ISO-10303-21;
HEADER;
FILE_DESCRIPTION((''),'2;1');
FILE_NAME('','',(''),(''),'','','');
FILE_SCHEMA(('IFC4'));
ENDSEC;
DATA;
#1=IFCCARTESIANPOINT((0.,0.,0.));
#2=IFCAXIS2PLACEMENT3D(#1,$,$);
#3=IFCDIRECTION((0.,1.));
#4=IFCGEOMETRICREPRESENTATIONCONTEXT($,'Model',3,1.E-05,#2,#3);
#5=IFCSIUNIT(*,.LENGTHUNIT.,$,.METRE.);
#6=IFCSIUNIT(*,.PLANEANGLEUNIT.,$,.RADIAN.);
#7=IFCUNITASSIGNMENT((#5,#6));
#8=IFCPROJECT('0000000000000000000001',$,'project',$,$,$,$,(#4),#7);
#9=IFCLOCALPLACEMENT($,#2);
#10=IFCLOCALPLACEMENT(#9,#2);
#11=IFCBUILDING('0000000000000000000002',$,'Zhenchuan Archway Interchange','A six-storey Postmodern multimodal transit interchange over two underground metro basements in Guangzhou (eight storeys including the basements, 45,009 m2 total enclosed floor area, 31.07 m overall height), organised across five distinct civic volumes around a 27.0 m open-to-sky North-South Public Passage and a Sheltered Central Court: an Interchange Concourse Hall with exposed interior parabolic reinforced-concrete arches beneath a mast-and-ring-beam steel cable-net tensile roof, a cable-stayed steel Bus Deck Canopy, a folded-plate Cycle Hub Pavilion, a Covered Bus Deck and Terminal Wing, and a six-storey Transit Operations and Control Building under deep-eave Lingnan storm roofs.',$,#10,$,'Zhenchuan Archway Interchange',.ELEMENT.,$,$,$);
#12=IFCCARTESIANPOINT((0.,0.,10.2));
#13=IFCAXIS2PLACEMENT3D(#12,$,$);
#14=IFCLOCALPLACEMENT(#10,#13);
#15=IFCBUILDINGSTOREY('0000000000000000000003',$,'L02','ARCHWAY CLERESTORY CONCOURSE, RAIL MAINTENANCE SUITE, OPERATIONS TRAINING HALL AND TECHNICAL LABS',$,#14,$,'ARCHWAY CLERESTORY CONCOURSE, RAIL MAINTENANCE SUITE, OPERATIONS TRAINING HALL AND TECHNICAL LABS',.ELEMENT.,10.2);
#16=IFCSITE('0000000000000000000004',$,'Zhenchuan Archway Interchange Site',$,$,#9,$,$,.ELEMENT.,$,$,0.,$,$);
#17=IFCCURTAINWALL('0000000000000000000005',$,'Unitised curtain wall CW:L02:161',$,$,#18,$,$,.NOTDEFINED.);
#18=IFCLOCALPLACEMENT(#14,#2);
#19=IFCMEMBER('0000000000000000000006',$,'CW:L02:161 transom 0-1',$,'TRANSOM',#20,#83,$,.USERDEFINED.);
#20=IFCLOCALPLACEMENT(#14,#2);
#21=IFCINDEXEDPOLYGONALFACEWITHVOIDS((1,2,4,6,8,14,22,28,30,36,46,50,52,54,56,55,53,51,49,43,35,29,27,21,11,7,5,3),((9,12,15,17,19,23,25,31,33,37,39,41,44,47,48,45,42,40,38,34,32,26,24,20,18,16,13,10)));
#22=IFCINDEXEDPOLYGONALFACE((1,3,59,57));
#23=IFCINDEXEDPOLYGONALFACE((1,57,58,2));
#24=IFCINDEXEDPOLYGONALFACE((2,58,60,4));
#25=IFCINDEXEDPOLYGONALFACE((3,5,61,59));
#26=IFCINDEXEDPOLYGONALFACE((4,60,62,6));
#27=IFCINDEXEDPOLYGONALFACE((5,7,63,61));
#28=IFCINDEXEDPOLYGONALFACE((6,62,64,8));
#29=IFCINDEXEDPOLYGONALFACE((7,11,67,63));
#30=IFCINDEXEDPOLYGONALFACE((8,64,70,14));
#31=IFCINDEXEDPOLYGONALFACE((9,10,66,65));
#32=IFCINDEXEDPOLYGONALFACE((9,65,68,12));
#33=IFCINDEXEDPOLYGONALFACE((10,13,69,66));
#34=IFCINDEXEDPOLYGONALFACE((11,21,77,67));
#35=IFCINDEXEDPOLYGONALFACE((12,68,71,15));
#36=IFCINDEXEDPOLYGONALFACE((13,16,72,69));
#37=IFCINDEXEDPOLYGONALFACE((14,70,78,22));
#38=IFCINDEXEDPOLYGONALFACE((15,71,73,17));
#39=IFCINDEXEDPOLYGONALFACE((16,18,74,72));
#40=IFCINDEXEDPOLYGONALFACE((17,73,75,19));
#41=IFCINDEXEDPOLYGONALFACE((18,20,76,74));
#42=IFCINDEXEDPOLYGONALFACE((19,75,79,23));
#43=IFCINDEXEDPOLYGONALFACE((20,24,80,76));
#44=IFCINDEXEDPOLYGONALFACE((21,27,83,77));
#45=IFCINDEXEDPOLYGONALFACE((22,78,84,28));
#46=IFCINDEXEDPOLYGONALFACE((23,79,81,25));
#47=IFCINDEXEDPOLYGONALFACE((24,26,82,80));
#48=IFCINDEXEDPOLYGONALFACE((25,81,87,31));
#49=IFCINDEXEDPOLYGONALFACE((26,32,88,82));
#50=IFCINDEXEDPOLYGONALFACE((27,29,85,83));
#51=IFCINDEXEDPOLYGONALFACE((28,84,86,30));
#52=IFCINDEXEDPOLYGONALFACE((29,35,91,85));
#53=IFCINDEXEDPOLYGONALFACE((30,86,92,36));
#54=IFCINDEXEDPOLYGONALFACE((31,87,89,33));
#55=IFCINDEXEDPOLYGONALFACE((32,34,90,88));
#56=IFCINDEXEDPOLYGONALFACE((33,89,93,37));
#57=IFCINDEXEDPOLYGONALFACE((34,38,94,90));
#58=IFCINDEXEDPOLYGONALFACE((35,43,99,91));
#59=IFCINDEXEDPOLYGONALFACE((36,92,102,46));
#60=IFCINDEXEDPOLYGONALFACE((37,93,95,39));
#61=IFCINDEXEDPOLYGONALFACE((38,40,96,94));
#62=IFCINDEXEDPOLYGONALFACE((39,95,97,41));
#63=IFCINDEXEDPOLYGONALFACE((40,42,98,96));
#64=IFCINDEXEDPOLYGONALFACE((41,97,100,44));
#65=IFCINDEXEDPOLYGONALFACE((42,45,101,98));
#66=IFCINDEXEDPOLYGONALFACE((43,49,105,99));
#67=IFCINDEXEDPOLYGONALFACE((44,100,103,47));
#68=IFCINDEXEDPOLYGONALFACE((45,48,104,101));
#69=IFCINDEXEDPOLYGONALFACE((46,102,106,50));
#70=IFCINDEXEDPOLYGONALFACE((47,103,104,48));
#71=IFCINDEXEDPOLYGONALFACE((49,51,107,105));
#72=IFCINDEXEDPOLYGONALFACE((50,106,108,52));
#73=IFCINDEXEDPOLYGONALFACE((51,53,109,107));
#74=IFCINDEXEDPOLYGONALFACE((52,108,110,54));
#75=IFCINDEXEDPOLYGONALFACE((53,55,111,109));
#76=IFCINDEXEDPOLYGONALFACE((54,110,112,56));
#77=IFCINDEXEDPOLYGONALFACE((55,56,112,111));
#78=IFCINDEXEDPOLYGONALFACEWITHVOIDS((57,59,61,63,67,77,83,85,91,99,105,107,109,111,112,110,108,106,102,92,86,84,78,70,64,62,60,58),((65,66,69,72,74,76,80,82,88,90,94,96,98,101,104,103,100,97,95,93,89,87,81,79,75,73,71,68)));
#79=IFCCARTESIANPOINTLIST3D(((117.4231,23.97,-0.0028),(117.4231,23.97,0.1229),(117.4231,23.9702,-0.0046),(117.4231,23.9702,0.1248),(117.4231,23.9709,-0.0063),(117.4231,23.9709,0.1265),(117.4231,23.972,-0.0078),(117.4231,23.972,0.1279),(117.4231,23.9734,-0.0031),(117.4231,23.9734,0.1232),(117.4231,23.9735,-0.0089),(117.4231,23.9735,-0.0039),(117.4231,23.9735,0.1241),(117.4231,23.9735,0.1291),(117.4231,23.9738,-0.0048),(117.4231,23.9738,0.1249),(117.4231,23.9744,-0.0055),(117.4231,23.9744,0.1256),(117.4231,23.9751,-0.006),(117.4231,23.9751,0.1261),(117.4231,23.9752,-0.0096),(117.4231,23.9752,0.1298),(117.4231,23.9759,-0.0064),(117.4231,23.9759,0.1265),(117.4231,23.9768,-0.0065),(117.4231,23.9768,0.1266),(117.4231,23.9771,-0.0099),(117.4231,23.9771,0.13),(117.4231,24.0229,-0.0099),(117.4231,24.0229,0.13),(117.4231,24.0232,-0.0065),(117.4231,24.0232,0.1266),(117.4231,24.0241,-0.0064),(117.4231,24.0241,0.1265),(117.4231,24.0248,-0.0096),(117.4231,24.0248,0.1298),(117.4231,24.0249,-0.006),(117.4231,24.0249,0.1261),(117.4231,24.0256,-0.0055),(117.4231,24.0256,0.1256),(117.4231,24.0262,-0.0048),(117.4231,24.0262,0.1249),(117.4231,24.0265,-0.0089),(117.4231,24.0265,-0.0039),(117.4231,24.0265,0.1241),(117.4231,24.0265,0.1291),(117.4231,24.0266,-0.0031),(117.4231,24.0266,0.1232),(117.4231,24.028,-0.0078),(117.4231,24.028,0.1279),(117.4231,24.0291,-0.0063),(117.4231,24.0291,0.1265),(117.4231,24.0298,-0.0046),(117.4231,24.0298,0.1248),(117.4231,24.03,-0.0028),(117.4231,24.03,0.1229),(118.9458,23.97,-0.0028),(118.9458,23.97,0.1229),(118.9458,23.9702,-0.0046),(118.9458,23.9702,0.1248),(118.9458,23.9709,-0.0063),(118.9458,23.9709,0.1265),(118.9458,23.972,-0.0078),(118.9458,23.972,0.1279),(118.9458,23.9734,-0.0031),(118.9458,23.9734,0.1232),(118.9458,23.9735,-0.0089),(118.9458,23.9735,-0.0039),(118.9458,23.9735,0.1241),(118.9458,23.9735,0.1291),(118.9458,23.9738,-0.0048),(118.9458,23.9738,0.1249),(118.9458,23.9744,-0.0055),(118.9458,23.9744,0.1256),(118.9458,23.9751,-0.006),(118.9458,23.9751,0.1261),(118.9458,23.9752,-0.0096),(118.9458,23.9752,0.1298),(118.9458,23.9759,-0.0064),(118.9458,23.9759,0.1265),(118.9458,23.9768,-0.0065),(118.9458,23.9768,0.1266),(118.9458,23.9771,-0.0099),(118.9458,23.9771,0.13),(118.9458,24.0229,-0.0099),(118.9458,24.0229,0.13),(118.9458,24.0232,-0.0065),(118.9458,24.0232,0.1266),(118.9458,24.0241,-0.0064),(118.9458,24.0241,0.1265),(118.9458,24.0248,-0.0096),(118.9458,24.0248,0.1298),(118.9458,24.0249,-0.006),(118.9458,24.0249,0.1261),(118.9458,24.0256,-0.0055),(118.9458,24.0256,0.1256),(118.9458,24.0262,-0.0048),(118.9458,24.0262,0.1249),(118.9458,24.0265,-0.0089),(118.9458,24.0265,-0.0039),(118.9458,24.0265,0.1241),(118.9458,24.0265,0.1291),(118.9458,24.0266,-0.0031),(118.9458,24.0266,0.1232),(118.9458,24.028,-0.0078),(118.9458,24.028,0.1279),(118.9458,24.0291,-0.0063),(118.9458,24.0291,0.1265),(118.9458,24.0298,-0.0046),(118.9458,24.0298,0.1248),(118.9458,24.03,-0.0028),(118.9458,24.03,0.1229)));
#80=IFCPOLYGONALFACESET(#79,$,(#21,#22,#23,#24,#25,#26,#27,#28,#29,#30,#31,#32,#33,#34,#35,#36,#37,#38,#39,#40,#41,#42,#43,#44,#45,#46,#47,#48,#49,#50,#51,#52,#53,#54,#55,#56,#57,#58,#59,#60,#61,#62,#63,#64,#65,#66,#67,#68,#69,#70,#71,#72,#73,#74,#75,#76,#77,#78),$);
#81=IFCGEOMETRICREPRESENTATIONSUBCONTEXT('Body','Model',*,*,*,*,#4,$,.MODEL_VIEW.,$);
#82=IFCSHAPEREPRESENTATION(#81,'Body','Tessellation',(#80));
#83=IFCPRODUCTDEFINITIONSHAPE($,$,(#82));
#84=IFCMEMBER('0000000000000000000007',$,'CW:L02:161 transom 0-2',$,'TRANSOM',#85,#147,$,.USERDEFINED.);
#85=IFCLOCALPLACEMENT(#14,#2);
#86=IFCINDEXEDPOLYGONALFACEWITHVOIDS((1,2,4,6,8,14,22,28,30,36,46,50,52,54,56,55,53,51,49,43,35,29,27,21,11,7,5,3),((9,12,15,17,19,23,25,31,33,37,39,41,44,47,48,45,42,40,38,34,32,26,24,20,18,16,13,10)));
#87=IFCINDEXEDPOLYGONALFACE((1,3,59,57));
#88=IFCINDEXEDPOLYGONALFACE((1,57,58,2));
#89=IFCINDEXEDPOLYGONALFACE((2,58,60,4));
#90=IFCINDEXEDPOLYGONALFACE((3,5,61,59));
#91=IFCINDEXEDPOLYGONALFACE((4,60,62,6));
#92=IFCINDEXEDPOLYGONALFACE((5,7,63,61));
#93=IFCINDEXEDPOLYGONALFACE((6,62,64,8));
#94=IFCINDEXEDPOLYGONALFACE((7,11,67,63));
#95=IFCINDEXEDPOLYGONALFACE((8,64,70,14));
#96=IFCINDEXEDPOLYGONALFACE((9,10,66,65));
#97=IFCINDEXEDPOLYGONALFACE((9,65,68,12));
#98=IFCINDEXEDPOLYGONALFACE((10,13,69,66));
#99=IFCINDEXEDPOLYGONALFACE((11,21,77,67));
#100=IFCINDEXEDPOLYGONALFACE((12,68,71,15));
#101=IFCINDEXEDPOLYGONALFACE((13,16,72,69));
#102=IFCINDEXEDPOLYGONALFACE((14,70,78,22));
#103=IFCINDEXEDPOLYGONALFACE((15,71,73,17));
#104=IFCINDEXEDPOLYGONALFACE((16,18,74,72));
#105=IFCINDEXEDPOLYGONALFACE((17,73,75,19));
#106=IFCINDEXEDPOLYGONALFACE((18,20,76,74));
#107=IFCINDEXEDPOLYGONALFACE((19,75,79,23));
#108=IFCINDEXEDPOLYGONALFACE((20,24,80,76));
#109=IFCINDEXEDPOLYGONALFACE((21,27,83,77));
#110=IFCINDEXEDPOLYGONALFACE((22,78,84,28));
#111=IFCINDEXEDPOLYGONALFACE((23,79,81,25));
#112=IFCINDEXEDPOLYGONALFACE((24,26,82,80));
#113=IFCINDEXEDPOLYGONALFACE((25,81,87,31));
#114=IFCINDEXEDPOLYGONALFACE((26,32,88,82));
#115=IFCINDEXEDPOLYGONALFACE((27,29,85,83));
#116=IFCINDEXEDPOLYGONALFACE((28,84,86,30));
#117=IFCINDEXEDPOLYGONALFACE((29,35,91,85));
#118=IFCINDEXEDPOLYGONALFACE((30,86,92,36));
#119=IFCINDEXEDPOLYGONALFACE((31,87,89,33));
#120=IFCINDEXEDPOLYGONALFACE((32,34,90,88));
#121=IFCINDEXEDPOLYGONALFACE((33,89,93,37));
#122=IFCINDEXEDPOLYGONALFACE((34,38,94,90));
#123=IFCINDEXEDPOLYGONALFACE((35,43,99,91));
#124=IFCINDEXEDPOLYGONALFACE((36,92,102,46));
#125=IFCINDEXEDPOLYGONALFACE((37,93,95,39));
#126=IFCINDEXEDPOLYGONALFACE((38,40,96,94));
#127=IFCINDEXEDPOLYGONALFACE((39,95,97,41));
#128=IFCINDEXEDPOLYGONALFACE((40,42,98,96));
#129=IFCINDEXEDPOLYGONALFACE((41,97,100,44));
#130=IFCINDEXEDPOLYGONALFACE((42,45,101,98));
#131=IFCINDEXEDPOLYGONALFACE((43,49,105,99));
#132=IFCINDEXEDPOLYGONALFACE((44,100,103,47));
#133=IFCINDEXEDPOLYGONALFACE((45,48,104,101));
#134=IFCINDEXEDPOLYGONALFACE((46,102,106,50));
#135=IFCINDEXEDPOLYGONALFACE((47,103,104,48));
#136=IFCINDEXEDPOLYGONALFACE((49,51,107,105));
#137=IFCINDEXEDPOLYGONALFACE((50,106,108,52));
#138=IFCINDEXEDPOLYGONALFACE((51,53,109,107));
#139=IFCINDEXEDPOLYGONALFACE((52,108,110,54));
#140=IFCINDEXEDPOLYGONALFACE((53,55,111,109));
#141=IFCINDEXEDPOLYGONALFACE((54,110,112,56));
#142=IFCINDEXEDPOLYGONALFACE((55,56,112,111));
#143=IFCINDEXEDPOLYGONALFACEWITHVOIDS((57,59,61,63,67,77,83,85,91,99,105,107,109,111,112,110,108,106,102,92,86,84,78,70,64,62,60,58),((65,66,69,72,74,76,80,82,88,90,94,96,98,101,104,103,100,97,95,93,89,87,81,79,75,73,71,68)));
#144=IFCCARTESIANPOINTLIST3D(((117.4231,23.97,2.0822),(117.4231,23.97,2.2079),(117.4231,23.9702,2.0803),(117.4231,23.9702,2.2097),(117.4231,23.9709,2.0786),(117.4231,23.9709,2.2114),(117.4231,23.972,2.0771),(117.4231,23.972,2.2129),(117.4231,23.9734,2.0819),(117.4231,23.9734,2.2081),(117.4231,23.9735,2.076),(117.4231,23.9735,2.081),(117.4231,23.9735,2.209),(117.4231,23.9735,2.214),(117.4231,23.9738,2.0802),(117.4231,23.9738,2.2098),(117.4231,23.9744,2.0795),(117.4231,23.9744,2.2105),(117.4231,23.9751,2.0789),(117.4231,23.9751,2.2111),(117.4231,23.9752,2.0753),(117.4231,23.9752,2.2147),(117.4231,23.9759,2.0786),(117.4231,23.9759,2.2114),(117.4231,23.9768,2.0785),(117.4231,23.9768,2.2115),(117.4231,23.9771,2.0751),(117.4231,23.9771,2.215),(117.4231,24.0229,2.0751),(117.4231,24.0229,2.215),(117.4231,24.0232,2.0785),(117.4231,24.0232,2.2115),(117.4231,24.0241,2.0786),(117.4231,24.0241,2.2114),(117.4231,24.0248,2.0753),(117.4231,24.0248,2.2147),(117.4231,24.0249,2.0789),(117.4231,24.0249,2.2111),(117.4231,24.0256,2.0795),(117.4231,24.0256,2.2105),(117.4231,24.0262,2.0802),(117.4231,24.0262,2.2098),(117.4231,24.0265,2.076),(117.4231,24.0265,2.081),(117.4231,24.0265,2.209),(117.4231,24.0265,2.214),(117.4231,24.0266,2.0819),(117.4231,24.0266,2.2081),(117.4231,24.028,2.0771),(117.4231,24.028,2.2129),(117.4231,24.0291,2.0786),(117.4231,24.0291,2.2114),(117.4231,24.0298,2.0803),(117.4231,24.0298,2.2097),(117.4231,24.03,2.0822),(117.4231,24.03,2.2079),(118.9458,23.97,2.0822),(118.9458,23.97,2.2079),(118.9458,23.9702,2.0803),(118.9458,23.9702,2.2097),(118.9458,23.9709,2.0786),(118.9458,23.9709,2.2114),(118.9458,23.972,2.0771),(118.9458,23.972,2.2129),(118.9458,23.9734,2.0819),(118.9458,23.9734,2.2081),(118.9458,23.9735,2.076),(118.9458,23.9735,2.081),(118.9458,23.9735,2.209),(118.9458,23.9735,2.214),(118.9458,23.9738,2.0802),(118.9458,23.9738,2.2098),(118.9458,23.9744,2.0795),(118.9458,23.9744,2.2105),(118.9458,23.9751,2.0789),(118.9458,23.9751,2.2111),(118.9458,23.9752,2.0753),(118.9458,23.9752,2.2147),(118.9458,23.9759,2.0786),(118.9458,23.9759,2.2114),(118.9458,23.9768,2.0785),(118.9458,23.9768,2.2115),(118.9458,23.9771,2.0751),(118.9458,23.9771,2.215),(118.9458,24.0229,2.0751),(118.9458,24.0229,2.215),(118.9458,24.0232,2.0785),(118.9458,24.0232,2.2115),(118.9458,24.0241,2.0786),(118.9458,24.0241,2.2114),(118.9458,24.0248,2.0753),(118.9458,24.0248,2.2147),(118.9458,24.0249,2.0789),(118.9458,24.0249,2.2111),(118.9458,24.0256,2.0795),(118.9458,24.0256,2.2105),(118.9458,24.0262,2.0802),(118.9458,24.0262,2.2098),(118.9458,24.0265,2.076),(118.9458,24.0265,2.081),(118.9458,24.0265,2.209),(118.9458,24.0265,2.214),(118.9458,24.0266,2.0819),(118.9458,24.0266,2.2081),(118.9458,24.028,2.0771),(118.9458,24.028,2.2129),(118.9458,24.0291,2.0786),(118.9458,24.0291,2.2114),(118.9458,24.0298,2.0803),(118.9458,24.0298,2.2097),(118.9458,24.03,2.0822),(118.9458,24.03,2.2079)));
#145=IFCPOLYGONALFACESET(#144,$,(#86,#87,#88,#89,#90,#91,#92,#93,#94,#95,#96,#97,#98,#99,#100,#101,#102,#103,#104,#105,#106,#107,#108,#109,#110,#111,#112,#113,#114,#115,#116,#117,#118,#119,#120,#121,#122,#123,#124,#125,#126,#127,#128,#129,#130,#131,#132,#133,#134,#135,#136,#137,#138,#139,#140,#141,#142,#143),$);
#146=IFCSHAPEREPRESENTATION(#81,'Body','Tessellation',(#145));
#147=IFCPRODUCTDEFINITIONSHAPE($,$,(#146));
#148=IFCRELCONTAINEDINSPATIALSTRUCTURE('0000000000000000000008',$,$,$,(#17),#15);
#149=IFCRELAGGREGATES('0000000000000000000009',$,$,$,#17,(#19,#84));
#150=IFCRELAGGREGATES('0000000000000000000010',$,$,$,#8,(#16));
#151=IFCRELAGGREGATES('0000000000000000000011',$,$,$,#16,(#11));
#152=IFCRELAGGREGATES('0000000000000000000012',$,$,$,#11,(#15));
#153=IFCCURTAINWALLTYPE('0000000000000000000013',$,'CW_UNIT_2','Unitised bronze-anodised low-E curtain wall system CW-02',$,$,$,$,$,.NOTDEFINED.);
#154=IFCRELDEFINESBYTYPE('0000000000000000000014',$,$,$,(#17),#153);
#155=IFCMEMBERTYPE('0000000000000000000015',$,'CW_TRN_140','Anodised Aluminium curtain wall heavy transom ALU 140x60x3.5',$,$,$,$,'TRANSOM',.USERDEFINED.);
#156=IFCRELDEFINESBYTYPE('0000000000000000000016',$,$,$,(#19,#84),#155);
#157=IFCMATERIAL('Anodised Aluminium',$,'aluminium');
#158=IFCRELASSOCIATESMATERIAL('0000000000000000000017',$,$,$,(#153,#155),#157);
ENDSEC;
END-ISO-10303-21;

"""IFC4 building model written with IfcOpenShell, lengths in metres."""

from ifc_helpers import new_model, si_unit, direction, frame, origin, origin_2d, place, context, subcontext, project, spatial, hollow_rectangle, extrude, material, material_profile, profile_set, type_object, element, aggregate, save


model = new_model("IFC4")

# Units and contexts
model_context = context("Model", 3, precision=1e-05, world=origin(), true_north=direction((0.0, 1.0)))
body_context = subcontext(model_context, "Body", "Model", "MODEL_VIEW")
ifc_project = project(units=[si_unit("LENGTHUNIT", "METRE"), si_unit("PLANEANGLEUNIT", "RADIAN")], contexts=[model_context])

# Site, building, storey
site_placement = place(None, origin())
site = spatial("IfcSite", under=ifc_project, at=site_placement, Name="Zhenchuan Archway Interchange Site", CompositionType="ELEMENT", RefElevation=0.0)
building_placement = place(site_placement, origin())
building = spatial("IfcBuilding", under=site, at=building_placement, Name="Zhenchuan Archway Interchange", Description="A six-storey Postmodern multimodal transit interchange over two underground metro basements in Guangzhou (eight storeys including the basements, 45,009 m2 total enclosed floor area, 31.07 m overall height), organised across five distinct civic volumes around a 27.0 m open-to-sky North-South Public Passage and a Sheltered Central Court: an Interchange Concourse Hall with exposed interior parabolic reinforced-concrete arches beneath a mast-and-ring-beam steel cable-net tensile roof, a cable-stayed steel Bus Deck Canopy, a folded-plate Cycle Hub Pavilion, a Covered Bus Deck and Terminal Wing, and a six-storey Transit Operations and Control Building under deep-eave Lingnan storm roofs.", LongName="Zhenchuan Archway Interchange", CompositionType="ELEMENT")
storey_placement = place(building_placement, frame((0.0, 0.0, 10.2)))
storey = spatial("IfcBuildingStorey", under=building, at=storey_placement, Name="L02", Description="ARCHWAY CLERESTORY CONCOURSE, RAIL MAINTENANCE SUITE, OPERATIONS TRAINING HALL AND TECHNICAL LABS", LongName="ARCHWAY CLERESTORY CONCOURSE, RAIL MAINTENANCE SUITE, OPERATIONS TRAINING HALL AND TECHNICAL LABS", CompositionType="ELEMENT", Elevation=10.2)

# Curtain wall, members
ifc_material_1 = material(Name="Anodised Aluminium", Category="aluminium")
curtain_wall_type = type_object("IfcCurtainWallType", Name="CW_UNIT_2", Description="Unitised bronze-anodised low-E curtain wall system CW-02", PredefinedType="NOTDEFINED", material=ifc_material_1)
curtain_wall_placement = place(storey_placement, origin())
curtain_wall = element("IfcCurtainWall", 1, at=curtain_wall_placement, inside=storey, type_object=curtain_wall_type, Name="Unitised curtain wall CW:L02:161", PredefinedType="NOTDEFINED")
ifc_material_profile_1 = material_profile(ifc_material_1, hollow_rectangle(XDim=0.0601, YDim=0.1399, WallThickness=0.0034, InnerFilletRadius=0.0034, OuterFilletRadius=0.0071, at=origin_2d()), Name="ALU 140x60x3.5")
ifc_profile_set_1 = profile_set([ifc_material_profile_1], Name="Anodised Aluminium")
member_type_1 = type_object("IfcMemberType", Name="CW_TRN_140", Description="Anodised Aluminium curtain wall heavy transom ALU 140x60x3.5", ElementType="TRANSOM", PredefinedType="USERDEFINED", material=ifc_profile_set_1)
member_1_placement = place(storey_placement, frame((117.4231, 24.0, 0.0601), z_axis=(1.0, 0.0, 0.0), x_axis=(0.0, 1.0, 0.0)))
member_1 = element("IfcMember", 2, at=member_1_placement, type_object=member_type_1, Name="CW:L02:161 transom 0-1", ObjectType="TRANSOM", PredefinedType="USERDEFINED", context=body_context, shape_type="SweptSolid", body=[
    extrude(hollow_rectangle(XDim=0.0601, YDim=0.1399, WallThickness=0.0034, InnerFilletRadius=0.0034, OuterFilletRadius=0.0071, at=origin_2d()), origin(), (0.0, 0.0, 1.0), 1.5227),
])
member_2_placement = place(storey_placement, frame((117.4231, 24.0, 2.145), z_axis=(1.0, 0.0, 0.0), x_axis=(0.0, 1.0, 0.0)))
member_2 = element("IfcMember", 3, at=member_2_placement, type_object=member_type_1, Name="CW:L02:161 transom 0-2", ObjectType="TRANSOM", PredefinedType="USERDEFINED", context=body_context, shape_type="SweptSolid", body=[
    extrude(hollow_rectangle(XDim=0.0601, YDim=0.1399, WallThickness=0.0034, InnerFilletRadius=0.0034, OuterFilletRadius=0.0071, at=origin_2d()), origin(), (0.0, 0.0, 1.0), 1.5227),
])

aggregate(curtain_wall, [member_1, member_2])

save(model, "model.ifc")
